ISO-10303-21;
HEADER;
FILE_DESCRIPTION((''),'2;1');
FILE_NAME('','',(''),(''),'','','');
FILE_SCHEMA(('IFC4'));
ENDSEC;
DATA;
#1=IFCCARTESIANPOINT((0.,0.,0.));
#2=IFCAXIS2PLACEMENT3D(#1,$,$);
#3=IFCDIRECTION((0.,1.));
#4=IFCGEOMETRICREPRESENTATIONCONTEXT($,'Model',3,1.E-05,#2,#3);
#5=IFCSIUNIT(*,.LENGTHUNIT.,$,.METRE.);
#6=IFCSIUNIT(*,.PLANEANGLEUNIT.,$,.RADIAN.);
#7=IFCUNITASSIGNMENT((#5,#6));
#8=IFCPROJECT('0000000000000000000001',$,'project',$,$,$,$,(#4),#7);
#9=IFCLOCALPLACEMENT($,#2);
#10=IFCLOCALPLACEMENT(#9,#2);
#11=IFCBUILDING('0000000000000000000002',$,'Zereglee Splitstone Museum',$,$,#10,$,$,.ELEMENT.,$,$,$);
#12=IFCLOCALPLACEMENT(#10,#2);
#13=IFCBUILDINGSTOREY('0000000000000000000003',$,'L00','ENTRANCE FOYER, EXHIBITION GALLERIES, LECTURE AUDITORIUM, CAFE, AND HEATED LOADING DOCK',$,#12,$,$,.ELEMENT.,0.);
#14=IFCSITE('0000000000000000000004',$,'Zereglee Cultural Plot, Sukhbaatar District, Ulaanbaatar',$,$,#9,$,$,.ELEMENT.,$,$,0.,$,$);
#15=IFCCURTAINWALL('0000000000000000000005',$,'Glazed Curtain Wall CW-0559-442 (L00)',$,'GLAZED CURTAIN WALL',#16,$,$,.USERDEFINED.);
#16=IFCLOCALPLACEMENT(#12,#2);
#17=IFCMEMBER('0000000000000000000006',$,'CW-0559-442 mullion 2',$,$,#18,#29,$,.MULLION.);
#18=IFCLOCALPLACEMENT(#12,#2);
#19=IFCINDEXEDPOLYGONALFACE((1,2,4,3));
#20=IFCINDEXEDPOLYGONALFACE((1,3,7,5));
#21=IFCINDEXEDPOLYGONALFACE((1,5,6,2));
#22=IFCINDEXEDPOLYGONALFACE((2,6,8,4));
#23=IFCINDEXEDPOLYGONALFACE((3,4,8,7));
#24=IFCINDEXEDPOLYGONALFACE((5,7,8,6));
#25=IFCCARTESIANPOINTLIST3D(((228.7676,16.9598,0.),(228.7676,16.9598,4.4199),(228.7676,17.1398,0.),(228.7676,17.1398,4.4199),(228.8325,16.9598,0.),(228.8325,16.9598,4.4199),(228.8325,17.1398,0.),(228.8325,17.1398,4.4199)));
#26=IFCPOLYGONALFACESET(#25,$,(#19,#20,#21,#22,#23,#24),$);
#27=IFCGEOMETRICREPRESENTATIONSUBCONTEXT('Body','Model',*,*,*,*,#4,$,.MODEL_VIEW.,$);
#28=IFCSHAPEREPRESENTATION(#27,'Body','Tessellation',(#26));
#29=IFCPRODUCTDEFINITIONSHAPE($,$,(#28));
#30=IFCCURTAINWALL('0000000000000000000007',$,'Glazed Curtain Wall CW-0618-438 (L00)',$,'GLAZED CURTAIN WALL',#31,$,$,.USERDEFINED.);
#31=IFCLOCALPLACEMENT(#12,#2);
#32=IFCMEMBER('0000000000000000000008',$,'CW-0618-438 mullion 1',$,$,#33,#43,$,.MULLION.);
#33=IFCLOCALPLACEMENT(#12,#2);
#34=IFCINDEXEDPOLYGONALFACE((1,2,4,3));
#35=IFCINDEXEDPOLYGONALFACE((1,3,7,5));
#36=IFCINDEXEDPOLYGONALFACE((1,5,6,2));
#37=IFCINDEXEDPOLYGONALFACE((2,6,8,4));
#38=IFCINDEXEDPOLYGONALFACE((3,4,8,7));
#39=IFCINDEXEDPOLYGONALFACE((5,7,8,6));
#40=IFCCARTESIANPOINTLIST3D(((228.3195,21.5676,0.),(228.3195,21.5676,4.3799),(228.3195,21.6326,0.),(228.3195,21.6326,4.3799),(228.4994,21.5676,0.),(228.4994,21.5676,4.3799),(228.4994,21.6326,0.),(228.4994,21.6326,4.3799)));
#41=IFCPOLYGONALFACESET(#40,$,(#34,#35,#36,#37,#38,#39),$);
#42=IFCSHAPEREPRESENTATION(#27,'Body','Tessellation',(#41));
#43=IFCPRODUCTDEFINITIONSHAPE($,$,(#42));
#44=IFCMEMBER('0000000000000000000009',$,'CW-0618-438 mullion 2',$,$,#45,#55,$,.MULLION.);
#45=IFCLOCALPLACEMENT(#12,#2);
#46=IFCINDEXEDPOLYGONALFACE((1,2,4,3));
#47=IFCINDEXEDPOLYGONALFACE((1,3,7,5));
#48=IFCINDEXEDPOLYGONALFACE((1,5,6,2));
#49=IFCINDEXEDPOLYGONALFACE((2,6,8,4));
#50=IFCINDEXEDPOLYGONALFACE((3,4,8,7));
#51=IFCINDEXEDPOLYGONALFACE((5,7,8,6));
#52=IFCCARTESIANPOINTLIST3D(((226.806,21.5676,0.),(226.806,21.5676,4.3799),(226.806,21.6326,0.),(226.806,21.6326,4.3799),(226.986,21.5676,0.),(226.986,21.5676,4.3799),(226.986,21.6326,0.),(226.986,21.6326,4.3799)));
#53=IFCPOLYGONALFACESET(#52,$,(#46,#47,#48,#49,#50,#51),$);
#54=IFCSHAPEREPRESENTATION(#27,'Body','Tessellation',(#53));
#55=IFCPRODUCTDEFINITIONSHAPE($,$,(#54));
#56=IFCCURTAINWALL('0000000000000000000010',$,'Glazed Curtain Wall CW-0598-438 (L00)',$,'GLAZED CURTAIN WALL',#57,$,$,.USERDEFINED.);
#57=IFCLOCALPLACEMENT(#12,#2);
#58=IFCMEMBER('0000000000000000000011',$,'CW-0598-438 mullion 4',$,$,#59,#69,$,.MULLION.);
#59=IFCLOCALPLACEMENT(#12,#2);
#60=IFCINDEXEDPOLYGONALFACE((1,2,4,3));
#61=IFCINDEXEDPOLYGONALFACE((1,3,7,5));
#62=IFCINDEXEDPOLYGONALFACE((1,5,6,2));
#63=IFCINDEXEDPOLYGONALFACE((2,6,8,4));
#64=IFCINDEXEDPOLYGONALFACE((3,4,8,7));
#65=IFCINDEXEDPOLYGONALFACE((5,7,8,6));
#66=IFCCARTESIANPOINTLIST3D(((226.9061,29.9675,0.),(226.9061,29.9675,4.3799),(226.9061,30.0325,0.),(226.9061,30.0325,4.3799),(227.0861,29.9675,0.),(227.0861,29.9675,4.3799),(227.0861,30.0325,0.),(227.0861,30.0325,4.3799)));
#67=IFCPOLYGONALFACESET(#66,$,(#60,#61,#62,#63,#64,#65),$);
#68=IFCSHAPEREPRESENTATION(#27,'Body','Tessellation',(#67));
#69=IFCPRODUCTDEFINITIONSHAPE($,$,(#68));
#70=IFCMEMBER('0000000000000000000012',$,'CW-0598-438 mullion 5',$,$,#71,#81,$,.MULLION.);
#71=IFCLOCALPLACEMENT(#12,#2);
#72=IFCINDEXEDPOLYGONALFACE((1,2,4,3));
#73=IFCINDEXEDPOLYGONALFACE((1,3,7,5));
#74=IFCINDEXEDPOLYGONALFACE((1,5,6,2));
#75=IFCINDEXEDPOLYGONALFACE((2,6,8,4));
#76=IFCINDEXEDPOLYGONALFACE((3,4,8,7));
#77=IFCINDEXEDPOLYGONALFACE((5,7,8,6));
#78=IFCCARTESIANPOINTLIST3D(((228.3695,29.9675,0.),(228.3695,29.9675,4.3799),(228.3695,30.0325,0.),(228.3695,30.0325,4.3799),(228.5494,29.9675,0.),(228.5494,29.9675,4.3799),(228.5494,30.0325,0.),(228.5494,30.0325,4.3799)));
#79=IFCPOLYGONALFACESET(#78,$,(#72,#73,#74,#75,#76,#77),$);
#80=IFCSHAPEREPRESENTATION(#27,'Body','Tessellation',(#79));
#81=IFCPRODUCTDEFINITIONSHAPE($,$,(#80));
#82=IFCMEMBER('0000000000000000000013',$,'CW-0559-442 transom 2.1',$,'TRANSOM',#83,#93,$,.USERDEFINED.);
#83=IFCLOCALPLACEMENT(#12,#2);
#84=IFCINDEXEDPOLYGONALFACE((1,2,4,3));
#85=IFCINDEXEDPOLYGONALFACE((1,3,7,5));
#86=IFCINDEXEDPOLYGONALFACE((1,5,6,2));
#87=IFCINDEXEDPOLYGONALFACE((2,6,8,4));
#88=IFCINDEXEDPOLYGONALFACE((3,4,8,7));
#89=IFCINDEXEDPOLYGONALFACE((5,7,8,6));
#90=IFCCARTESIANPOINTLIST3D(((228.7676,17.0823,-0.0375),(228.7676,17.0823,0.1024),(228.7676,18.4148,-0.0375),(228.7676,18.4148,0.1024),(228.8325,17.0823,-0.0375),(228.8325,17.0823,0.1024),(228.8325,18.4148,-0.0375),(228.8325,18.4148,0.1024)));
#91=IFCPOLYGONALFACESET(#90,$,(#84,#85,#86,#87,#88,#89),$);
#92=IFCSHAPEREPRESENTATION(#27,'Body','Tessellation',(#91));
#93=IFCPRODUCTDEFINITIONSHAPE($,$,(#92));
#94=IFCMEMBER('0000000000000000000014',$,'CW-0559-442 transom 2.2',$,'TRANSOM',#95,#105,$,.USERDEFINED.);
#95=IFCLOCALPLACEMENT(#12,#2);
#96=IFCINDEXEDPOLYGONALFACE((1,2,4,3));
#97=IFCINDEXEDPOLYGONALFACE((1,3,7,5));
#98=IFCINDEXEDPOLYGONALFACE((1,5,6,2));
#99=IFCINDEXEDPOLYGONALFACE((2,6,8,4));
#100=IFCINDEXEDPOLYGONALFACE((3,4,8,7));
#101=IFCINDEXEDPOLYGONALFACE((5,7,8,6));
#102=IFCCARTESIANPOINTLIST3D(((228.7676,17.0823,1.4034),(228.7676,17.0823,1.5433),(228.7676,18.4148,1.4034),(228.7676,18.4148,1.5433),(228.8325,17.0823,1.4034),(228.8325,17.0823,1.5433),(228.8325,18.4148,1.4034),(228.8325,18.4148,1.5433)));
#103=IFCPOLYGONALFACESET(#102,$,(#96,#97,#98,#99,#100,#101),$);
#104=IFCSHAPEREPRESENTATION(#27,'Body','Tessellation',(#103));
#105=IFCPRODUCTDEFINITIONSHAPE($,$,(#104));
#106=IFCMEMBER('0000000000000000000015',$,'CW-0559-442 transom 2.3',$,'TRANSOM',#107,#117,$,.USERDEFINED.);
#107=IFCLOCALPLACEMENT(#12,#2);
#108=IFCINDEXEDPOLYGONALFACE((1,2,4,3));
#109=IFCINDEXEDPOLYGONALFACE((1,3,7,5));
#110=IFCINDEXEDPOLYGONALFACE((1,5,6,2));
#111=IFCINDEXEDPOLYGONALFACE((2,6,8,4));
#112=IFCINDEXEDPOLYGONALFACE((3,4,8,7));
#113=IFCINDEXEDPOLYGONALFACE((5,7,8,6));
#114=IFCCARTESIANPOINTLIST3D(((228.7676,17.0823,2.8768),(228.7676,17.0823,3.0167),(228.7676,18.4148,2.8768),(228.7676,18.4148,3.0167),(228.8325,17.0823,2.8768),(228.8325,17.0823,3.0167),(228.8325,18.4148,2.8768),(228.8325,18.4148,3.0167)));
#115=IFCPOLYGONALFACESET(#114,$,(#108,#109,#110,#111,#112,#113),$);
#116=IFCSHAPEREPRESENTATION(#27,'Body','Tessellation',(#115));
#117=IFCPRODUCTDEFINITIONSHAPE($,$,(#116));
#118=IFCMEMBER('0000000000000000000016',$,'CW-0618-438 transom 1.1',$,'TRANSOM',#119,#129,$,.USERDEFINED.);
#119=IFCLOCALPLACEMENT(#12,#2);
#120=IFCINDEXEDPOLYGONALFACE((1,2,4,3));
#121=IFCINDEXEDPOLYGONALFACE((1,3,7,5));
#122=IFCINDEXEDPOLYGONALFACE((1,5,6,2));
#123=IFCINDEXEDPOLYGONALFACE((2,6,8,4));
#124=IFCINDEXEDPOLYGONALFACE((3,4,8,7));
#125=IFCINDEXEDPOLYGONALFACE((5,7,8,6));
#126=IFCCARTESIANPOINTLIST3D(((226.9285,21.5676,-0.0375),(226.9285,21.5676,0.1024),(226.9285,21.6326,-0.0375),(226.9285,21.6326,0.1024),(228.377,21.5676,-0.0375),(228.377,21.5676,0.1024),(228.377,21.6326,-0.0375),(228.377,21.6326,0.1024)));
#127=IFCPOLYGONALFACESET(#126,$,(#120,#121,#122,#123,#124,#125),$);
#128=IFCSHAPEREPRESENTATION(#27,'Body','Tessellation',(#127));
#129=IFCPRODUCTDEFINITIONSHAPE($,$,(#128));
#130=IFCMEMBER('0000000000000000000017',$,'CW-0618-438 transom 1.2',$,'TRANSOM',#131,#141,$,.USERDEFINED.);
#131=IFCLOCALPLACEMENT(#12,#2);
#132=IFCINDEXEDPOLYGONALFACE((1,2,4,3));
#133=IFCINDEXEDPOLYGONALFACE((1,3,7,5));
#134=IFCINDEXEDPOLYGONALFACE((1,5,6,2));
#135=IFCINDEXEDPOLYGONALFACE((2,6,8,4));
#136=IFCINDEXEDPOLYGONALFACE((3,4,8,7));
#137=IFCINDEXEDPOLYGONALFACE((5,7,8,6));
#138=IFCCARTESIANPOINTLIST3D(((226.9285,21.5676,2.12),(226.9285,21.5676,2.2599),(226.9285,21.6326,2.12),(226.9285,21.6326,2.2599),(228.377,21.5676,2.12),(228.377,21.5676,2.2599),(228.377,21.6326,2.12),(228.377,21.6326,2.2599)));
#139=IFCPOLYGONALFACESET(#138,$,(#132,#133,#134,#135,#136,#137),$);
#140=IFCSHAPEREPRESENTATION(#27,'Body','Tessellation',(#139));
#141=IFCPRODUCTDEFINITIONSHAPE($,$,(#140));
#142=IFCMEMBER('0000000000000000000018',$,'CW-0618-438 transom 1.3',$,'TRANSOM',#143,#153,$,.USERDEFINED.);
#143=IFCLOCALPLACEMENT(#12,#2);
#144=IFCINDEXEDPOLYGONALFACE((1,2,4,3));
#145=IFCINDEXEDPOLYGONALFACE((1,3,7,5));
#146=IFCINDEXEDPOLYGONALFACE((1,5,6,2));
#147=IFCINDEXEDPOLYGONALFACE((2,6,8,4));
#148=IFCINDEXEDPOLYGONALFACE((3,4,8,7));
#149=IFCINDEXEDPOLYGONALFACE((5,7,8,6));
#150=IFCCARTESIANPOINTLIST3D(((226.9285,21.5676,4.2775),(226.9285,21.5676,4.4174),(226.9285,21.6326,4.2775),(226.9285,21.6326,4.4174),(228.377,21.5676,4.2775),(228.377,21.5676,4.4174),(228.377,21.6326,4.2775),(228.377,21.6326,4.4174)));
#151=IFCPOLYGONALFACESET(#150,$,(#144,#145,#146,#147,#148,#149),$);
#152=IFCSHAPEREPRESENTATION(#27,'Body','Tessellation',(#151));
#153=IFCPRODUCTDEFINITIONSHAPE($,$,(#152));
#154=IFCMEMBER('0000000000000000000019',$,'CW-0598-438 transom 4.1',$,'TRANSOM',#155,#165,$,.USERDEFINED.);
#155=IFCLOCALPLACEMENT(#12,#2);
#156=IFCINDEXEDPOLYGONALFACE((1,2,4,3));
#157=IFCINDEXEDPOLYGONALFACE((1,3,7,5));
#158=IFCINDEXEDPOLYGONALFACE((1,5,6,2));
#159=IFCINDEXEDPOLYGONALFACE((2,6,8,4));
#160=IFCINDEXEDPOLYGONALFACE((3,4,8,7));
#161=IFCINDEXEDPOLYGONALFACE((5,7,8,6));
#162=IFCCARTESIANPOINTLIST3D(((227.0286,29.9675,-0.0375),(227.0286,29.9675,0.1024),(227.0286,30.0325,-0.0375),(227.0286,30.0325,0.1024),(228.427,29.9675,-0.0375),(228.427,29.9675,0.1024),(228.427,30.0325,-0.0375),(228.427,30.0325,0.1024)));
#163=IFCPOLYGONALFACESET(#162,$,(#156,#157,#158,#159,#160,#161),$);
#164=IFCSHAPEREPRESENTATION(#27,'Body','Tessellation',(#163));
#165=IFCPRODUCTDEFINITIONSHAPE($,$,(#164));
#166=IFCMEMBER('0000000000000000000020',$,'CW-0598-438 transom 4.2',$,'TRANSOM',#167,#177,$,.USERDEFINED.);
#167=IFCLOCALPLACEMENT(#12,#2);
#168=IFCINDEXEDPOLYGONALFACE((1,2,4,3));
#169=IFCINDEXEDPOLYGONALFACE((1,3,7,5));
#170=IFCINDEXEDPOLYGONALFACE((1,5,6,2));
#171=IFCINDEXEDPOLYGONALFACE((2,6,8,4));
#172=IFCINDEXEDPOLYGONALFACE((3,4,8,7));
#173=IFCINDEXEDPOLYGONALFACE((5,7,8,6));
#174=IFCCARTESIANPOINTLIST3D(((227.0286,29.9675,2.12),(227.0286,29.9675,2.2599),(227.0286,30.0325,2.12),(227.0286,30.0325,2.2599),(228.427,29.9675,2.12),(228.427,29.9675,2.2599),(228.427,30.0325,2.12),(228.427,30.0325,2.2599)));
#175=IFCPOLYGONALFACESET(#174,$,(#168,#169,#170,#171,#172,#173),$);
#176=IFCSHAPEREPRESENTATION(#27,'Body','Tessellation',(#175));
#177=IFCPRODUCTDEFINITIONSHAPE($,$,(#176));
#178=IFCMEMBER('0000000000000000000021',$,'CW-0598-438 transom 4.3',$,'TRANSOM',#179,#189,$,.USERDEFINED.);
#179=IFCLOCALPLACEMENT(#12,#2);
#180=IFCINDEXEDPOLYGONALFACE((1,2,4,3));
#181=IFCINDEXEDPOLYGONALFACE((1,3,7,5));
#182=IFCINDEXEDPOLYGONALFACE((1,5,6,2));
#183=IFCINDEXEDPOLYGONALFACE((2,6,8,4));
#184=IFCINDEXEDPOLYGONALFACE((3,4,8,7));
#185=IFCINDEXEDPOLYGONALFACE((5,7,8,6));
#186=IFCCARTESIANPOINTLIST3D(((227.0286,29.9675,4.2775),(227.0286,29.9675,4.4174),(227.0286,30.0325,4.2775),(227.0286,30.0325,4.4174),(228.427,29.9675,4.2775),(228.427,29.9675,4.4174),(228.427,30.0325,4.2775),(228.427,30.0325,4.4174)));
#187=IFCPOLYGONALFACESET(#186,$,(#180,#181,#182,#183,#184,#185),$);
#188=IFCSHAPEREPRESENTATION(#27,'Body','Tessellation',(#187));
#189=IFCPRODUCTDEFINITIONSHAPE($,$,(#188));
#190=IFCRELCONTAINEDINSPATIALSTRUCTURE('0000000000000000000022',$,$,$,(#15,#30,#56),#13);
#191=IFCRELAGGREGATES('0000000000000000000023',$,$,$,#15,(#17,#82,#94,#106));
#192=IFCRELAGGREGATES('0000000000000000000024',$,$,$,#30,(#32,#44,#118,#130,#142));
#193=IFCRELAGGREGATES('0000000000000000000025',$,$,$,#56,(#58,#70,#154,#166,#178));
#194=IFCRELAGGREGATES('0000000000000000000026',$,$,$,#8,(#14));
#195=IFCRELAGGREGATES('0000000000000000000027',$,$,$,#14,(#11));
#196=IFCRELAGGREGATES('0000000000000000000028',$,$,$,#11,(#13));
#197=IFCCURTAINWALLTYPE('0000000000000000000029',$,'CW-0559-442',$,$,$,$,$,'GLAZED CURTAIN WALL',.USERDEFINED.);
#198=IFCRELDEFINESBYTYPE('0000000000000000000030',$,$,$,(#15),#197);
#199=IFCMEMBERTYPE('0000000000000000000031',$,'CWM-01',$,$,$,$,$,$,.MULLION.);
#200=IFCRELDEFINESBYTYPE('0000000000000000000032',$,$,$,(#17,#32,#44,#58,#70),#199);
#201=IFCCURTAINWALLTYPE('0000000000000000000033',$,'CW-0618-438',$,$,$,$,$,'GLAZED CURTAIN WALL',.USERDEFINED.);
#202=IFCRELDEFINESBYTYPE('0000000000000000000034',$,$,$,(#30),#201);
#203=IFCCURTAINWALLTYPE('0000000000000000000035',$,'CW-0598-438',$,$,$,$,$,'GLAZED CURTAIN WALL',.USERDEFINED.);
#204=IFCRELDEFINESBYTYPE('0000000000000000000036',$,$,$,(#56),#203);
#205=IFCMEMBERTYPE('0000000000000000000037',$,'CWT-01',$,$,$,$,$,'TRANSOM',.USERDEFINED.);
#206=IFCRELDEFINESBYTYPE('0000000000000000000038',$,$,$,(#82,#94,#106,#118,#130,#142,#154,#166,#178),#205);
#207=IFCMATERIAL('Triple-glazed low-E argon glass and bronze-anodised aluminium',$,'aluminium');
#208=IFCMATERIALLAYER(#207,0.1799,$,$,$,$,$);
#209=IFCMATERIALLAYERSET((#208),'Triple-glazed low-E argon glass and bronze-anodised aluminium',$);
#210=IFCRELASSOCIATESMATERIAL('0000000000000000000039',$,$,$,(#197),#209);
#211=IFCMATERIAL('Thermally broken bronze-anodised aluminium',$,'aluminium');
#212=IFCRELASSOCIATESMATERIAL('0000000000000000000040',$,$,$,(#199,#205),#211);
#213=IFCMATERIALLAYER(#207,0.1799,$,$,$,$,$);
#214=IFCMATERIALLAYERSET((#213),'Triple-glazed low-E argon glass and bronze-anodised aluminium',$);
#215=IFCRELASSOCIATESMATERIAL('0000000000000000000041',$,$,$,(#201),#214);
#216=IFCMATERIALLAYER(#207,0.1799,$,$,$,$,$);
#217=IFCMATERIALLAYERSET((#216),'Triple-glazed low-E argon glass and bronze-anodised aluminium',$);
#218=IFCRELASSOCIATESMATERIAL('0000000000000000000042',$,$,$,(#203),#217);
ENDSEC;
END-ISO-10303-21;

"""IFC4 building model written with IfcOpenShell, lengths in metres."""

from ifc_helpers import new_model, si_unit, direction, frame, origin, origin_2d, place, context, subcontext, project, spatial, rectangle, extrude, material, layer, layer_set, material_profile, profile_set, type_object, element, aggregate, save


model = new_model("IFC4")

# Units and contexts
model_context = context("Model", 3, precision=1e-05, world=origin(), true_north=direction((0.0, 1.0)))
body_context = subcontext(model_context, "Body", "Model", "MODEL_VIEW")
ifc_project = project(units=[si_unit("LENGTHUNIT", "METRE"), si_unit("PLANEANGLEUNIT", "RADIAN")], contexts=[model_context])

# Site, building, storey
site_placement = place(None, origin())
site = spatial("IfcSite", under=ifc_project, at=site_placement, Name="Zereglee Cultural Plot, Sukhbaatar District, Ulaanbaatar", CompositionType="ELEMENT", RefElevation=0.0)
building_placement = place(site_placement, origin())
building = spatial("IfcBuilding", under=site, at=building_placement, Name="Zereglee Splitstone Museum", CompositionType="ELEMENT")
storey_placement = place(building_placement, origin())
storey = spatial("IfcBuildingStorey", under=building, at=storey_placement, Name="L00", Description="ENTRANCE FOYER, EXHIBITION GALLERIES, LECTURE AUDITORIUM, CAFE, AND HEATED LOADING DOCK", CompositionType="ELEMENT", Elevation=0.0)

# Curtain wall, member
ifc_material_1 = material(Name="Triple-glazed low-E argon glass and bronze-anodised aluminium", Category="aluminium")
ifc_layer_1 = layer(ifc_material_1, 0.1799)
ifc_layer_set_1 = layer_set([ifc_layer_1], Name="Triple-glazed low-E argon glass and bronze-anodised aluminium")
curtain_wall_type_1 = type_object("IfcCurtainWallType", Name="CW-0559-442", ElementType="GLAZED CURTAIN WALL", PredefinedType="USERDEFINED", material=ifc_layer_set_1)
curtain_wall_1_placement = place(storey_placement, origin())
curtain_wall_1 = element("IfcCurtainWall", 1, at=curtain_wall_1_placement, inside=storey, type_object=curtain_wall_type_1, Name="Glazed Curtain Wall CW-0559-442 (L00)", ObjectType="GLAZED CURTAIN WALL", PredefinedType="USERDEFINED")
ifc_material_2 = material(Name="Thermally broken bronze-anodised aluminium", Category="aluminium")
ifc_material_profile_1 = material_profile(ifc_material_2, rectangle(XDim=0.0649, YDim=0.1799, at=origin_2d()), Name="CW MULL 65x180")
ifc_profile_set_1 = profile_set([ifc_material_profile_1], Name="Thermally broken bronze-anodised aluminium")
member_type_1 = type_object("IfcMemberType", Name="CWM-01", PredefinedType="MULLION", material=ifc_profile_set_1)
member_1_placement = place(storey_placement, frame((228.8, 17.0498, 0.0), z_axis=(0.0, 0.0, 1.0), x_axis=(-1.0, 0.0, 0.0)))
member_1 = element("IfcMember", 2, at=member_1_placement, type_object=member_type_1, Name="CW-0559-442 mullion 2", PredefinedType="MULLION", context=body_context, shape_type="SweptSolid", body=[
    extrude(rectangle(XDim=0.0649, YDim=0.1799, at=origin_2d()), origin(), (0.0, 0.0, 1.0), 4.4199),
])

# Curtain walls, members
ifc_layer_2 = layer(ifc_material_1, 0.1799)
ifc_layer_set_2 = layer_set([ifc_layer_2], Name="Triple-glazed low-E argon glass and bronze-anodised aluminium")
curtain_wall_type_2 = type_object("IfcCurtainWallType", Name="CW-0618-438", ElementType="GLAZED CURTAIN WALL", PredefinedType="USERDEFINED", material=ifc_layer_set_2)
curtain_wall_2_placement = place(storey_placement, origin())
curtain_wall_2 = element("IfcCurtainWall", 3, at=curtain_wall_2_placement, inside=storey, type_object=curtain_wall_type_2, Name="Glazed Curtain Wall CW-0618-438 (L00)", ObjectType="GLAZED CURTAIN WALL", PredefinedType="USERDEFINED")
member_2_placement = place(storey_placement, frame((228.4094, 21.6001, 0.0), z_axis=(0.0, 0.0, 1.0), x_axis=(0.0, -1.0, 0.0)))
member_2 = element("IfcMember", 4, at=member_2_placement, type_object=member_type_1, Name="CW-0618-438 mullion 1", PredefinedType="MULLION", context=body_context, shape_type="SweptSolid", body=[
    extrude(rectangle(XDim=0.0649, YDim=0.1799, at=origin_2d()), origin(), (0.0, 0.0, 1.0), 4.3799),
])
member_3_placement = place(storey_placement, frame((226.896, 21.6001, 0.0), z_axis=(0.0, 0.0, 1.0), x_axis=(0.0, -1.0, 0.0)))
member_3 = element("IfcMember", 5, at=member_3_placement, type_object=member_type_1, Name="CW-0618-438 mullion 2", PredefinedType="MULLION", context=body_context, shape_type="SweptSolid", body=[
    extrude(rectangle(XDim=0.0649, YDim=0.1799, at=origin_2d()), origin(), (0.0, 0.0, 1.0), 4.3799),
])
ifc_layer_3 = layer(ifc_material_1, 0.1799)
ifc_layer_set_3 = layer_set([ifc_layer_3], Name="Triple-glazed low-E argon glass and bronze-anodised aluminium")
curtain_wall_type_3 = type_object("IfcCurtainWallType", Name="CW-0598-438", ElementType="GLAZED CURTAIN WALL", PredefinedType="USERDEFINED", material=ifc_layer_set_3)
curtain_wall_3_placement = place(storey_placement, origin())
curtain_wall_3 = element("IfcCurtainWall", 6, at=curtain_wall_3_placement, inside=storey, type_object=curtain_wall_type_3, Name="Glazed Curtain Wall CW-0598-438 (L00)", ObjectType="GLAZED CURTAIN WALL", PredefinedType="USERDEFINED")
member_4_placement = place(storey_placement, frame((226.9961, 30.0, 0.0), z_axis=(0.0, 0.0, 1.0), x_axis=(0.0, 1.0, 0.0)))
member_4 = element("IfcMember", 7, at=member_4_placement, type_object=member_type_1, Name="CW-0598-438 mullion 4", PredefinedType="MULLION", context=body_context, shape_type="SweptSolid", body=[
    extrude(rectangle(XDim=0.0649, YDim=0.1799, at=origin_2d()), origin(), (0.0, 0.0, 1.0), 4.3799),
])
member_5_placement = place(storey_placement, frame((228.4595, 30.0, 0.0), z_axis=(0.0, 0.0, 1.0), x_axis=(0.0, 1.0, 0.0)))
member_5 = element("IfcMember", 8, at=member_5_placement, type_object=member_type_1, Name="CW-0598-438 mullion 5", PredefinedType="MULLION", context=body_context, shape_type="SweptSolid", body=[
    extrude(rectangle(XDim=0.0649, YDim=0.1799, at=origin_2d()), origin(), (0.0, 0.0, 1.0), 4.3799),
])

# Members
ifc_material_profile_2 = material_profile(ifc_material_2, rectangle(XDim=0.0649, YDim=0.1399, at=origin_2d()), Name="CW TRAN 65x140")
ifc_profile_set_2 = profile_set([ifc_material_profile_2], Name="Thermally broken bronze-anodised aluminium")
member_type_2 = type_object("IfcMemberType", Name="CWT-01", ElementType="TRANSOM", PredefinedType="USERDEFINED", material=ifc_profile_set_2)
member_6_placement = place(storey_placement, frame((228.8, 17.0823, 0.0325), z_axis=(0.0, 1.0, 0.0), x_axis=(-1.0, 0.0, 0.0)))
member_6 = element("IfcMember", 9, at=member_6_placement, type_object=member_type_2, Name="CW-0559-442 transom 2.1", ObjectType="TRANSOM", PredefinedType="USERDEFINED", context=body_context, shape_type="SweptSolid", body=[
    extrude(rectangle(XDim=0.0649, YDim=0.1399, at=origin_2d()), origin(), (0.0, 0.0, 1.0), 1.3325),
])
member_7_placement = place(storey_placement, frame((228.8, 17.0823, 1.4734), z_axis=(0.0, 1.0, 0.0), x_axis=(-1.0, 0.0, 0.0)))
member_7 = element("IfcMember", 10, at=member_7_placement, type_object=member_type_2, Name="CW-0559-442 transom 2.2", ObjectType="TRANSOM", PredefinedType="USERDEFINED", context=body_context, shape_type="SweptSolid", body=[
    extrude(rectangle(XDim=0.0649, YDim=0.1399, at=origin_2d()), origin(), (0.0, 0.0, 1.0), 1.3325),
])
member_8_placement = place(storey_placement, frame((228.8, 17.0823, 2.9468), z_axis=(0.0, 1.0, 0.0), x_axis=(-1.0, 0.0, 0.0)))
member_8 = element("IfcMember", 11, at=member_8_placement, type_object=member_type_2, Name="CW-0559-442 transom 2.3", ObjectType="TRANSOM", PredefinedType="USERDEFINED", context=body_context, shape_type="SweptSolid", body=[
    extrude(rectangle(XDim=0.0649, YDim=0.1399, at=origin_2d()), origin(), (0.0, 0.0, 1.0), 1.3325),
])
member_9_placement = place(storey_placement, frame((228.377, 21.6001, 0.0325), z_axis=(-1.0, 0.0, 0.0), x_axis=(0.0, -1.0, 0.0)))
member_9 = element("IfcMember", 12, at=member_9_placement, type_object=member_type_2, Name="CW-0618-438 transom 1.1", ObjectType="TRANSOM", PredefinedType="USERDEFINED", context=body_context, shape_type="SweptSolid", body=[
    extrude(rectangle(XDim=0.0649, YDim=0.1399, at=origin_2d()), origin(), (0.0, 0.0, 1.0), 1.4485),
])
member_10_placement = place(storey_placement, frame((228.377, 21.6001, 2.1899), z_axis=(-1.0, 0.0, 0.0), x_axis=(0.0, -1.0, 0.0)))
member_10 = element("IfcMember", 13, at=member_10_placement, type_object=member_type_2, Name="CW-0618-438 transom 1.2", ObjectType="TRANSOM", PredefinedType="USERDEFINED", context=body_context, shape_type="SweptSolid", body=[
    extrude(rectangle(XDim=0.0649, YDim=0.1399, at=origin_2d()), origin(), (0.0, 0.0, 1.0), 1.4485),
])
member_11_placement = place(storey_placement, frame((228.377, 21.6001, 4.3474), z_axis=(-1.0, 0.0, 0.0), x_axis=(0.0, -1.0, 0.0)))
member_11 = element("IfcMember", 14, at=member_11_placement, type_object=member_type_2, Name="CW-0618-438 transom 1.3", ObjectType="TRANSOM", PredefinedType="USERDEFINED", context=body_context, shape_type="SweptSolid", body=[
    extrude(rectangle(XDim=0.0649, YDim=0.1399, at=origin_2d()), origin(), (0.0, 0.0, 1.0), 1.4485),
])
member_12_placement = place(storey_placement, frame((227.0286, 30.0, 0.0325), z_axis=(1.0, 0.0, 0.0), x_axis=(0.0, 1.0, 0.0)))
member_12 = element("IfcMember", 15, at=member_12_placement, type_object=member_type_2, Name="CW-0598-438 transom 4.1", ObjectType="TRANSOM", PredefinedType="USERDEFINED", context=body_context, shape_type="SweptSolid", body=[
    extrude(rectangle(XDim=0.0649, YDim=0.1399, at=origin_2d()), origin(), (0.0, 0.0, 1.0), 1.3984),
])
member_13_placement = place(storey_placement, frame((227.0286, 30.0, 2.1899), z_axis=(1.0, 0.0, 0.0), x_axis=(0.0, 1.0, 0.0)))
member_13 = element("IfcMember", 16, at=member_13_placement, type_object=member_type_2, Name="CW-0598-438 transom 4.2", ObjectType="TRANSOM", PredefinedType="USERDEFINED", context=body_context, shape_type="SweptSolid", body=[
    extrude(rectangle(XDim=0.0649, YDim=0.1399, at=origin_2d()), origin(), (0.0, 0.0, 1.0), 1.3984),
])
member_14_placement = place(storey_placement, frame((227.0286, 30.0, 4.3474), z_axis=(1.0, 0.0, 0.0), x_axis=(0.0, 1.0, 0.0)))
member_14 = element("IfcMember", 17, at=member_14_placement, type_object=member_type_2, Name="CW-0598-438 transom 4.3", ObjectType="TRANSOM", PredefinedType="USERDEFINED", context=body_context, shape_type="SweptSolid", body=[
    extrude(rectangle(XDim=0.0649, YDim=0.1399, at=origin_2d()), origin(), (0.0, 0.0, 1.0), 1.3984),
])

aggregate(curtain_wall_1, [member_1, member_6, member_7, member_8])
aggregate(curtain_wall_2, [member_2, member_3, member_9, member_10, member_11])
aggregate(curtain_wall_3, [member_4, member_5, member_12, member_13, member_14])

save(model, "model.ifc")
